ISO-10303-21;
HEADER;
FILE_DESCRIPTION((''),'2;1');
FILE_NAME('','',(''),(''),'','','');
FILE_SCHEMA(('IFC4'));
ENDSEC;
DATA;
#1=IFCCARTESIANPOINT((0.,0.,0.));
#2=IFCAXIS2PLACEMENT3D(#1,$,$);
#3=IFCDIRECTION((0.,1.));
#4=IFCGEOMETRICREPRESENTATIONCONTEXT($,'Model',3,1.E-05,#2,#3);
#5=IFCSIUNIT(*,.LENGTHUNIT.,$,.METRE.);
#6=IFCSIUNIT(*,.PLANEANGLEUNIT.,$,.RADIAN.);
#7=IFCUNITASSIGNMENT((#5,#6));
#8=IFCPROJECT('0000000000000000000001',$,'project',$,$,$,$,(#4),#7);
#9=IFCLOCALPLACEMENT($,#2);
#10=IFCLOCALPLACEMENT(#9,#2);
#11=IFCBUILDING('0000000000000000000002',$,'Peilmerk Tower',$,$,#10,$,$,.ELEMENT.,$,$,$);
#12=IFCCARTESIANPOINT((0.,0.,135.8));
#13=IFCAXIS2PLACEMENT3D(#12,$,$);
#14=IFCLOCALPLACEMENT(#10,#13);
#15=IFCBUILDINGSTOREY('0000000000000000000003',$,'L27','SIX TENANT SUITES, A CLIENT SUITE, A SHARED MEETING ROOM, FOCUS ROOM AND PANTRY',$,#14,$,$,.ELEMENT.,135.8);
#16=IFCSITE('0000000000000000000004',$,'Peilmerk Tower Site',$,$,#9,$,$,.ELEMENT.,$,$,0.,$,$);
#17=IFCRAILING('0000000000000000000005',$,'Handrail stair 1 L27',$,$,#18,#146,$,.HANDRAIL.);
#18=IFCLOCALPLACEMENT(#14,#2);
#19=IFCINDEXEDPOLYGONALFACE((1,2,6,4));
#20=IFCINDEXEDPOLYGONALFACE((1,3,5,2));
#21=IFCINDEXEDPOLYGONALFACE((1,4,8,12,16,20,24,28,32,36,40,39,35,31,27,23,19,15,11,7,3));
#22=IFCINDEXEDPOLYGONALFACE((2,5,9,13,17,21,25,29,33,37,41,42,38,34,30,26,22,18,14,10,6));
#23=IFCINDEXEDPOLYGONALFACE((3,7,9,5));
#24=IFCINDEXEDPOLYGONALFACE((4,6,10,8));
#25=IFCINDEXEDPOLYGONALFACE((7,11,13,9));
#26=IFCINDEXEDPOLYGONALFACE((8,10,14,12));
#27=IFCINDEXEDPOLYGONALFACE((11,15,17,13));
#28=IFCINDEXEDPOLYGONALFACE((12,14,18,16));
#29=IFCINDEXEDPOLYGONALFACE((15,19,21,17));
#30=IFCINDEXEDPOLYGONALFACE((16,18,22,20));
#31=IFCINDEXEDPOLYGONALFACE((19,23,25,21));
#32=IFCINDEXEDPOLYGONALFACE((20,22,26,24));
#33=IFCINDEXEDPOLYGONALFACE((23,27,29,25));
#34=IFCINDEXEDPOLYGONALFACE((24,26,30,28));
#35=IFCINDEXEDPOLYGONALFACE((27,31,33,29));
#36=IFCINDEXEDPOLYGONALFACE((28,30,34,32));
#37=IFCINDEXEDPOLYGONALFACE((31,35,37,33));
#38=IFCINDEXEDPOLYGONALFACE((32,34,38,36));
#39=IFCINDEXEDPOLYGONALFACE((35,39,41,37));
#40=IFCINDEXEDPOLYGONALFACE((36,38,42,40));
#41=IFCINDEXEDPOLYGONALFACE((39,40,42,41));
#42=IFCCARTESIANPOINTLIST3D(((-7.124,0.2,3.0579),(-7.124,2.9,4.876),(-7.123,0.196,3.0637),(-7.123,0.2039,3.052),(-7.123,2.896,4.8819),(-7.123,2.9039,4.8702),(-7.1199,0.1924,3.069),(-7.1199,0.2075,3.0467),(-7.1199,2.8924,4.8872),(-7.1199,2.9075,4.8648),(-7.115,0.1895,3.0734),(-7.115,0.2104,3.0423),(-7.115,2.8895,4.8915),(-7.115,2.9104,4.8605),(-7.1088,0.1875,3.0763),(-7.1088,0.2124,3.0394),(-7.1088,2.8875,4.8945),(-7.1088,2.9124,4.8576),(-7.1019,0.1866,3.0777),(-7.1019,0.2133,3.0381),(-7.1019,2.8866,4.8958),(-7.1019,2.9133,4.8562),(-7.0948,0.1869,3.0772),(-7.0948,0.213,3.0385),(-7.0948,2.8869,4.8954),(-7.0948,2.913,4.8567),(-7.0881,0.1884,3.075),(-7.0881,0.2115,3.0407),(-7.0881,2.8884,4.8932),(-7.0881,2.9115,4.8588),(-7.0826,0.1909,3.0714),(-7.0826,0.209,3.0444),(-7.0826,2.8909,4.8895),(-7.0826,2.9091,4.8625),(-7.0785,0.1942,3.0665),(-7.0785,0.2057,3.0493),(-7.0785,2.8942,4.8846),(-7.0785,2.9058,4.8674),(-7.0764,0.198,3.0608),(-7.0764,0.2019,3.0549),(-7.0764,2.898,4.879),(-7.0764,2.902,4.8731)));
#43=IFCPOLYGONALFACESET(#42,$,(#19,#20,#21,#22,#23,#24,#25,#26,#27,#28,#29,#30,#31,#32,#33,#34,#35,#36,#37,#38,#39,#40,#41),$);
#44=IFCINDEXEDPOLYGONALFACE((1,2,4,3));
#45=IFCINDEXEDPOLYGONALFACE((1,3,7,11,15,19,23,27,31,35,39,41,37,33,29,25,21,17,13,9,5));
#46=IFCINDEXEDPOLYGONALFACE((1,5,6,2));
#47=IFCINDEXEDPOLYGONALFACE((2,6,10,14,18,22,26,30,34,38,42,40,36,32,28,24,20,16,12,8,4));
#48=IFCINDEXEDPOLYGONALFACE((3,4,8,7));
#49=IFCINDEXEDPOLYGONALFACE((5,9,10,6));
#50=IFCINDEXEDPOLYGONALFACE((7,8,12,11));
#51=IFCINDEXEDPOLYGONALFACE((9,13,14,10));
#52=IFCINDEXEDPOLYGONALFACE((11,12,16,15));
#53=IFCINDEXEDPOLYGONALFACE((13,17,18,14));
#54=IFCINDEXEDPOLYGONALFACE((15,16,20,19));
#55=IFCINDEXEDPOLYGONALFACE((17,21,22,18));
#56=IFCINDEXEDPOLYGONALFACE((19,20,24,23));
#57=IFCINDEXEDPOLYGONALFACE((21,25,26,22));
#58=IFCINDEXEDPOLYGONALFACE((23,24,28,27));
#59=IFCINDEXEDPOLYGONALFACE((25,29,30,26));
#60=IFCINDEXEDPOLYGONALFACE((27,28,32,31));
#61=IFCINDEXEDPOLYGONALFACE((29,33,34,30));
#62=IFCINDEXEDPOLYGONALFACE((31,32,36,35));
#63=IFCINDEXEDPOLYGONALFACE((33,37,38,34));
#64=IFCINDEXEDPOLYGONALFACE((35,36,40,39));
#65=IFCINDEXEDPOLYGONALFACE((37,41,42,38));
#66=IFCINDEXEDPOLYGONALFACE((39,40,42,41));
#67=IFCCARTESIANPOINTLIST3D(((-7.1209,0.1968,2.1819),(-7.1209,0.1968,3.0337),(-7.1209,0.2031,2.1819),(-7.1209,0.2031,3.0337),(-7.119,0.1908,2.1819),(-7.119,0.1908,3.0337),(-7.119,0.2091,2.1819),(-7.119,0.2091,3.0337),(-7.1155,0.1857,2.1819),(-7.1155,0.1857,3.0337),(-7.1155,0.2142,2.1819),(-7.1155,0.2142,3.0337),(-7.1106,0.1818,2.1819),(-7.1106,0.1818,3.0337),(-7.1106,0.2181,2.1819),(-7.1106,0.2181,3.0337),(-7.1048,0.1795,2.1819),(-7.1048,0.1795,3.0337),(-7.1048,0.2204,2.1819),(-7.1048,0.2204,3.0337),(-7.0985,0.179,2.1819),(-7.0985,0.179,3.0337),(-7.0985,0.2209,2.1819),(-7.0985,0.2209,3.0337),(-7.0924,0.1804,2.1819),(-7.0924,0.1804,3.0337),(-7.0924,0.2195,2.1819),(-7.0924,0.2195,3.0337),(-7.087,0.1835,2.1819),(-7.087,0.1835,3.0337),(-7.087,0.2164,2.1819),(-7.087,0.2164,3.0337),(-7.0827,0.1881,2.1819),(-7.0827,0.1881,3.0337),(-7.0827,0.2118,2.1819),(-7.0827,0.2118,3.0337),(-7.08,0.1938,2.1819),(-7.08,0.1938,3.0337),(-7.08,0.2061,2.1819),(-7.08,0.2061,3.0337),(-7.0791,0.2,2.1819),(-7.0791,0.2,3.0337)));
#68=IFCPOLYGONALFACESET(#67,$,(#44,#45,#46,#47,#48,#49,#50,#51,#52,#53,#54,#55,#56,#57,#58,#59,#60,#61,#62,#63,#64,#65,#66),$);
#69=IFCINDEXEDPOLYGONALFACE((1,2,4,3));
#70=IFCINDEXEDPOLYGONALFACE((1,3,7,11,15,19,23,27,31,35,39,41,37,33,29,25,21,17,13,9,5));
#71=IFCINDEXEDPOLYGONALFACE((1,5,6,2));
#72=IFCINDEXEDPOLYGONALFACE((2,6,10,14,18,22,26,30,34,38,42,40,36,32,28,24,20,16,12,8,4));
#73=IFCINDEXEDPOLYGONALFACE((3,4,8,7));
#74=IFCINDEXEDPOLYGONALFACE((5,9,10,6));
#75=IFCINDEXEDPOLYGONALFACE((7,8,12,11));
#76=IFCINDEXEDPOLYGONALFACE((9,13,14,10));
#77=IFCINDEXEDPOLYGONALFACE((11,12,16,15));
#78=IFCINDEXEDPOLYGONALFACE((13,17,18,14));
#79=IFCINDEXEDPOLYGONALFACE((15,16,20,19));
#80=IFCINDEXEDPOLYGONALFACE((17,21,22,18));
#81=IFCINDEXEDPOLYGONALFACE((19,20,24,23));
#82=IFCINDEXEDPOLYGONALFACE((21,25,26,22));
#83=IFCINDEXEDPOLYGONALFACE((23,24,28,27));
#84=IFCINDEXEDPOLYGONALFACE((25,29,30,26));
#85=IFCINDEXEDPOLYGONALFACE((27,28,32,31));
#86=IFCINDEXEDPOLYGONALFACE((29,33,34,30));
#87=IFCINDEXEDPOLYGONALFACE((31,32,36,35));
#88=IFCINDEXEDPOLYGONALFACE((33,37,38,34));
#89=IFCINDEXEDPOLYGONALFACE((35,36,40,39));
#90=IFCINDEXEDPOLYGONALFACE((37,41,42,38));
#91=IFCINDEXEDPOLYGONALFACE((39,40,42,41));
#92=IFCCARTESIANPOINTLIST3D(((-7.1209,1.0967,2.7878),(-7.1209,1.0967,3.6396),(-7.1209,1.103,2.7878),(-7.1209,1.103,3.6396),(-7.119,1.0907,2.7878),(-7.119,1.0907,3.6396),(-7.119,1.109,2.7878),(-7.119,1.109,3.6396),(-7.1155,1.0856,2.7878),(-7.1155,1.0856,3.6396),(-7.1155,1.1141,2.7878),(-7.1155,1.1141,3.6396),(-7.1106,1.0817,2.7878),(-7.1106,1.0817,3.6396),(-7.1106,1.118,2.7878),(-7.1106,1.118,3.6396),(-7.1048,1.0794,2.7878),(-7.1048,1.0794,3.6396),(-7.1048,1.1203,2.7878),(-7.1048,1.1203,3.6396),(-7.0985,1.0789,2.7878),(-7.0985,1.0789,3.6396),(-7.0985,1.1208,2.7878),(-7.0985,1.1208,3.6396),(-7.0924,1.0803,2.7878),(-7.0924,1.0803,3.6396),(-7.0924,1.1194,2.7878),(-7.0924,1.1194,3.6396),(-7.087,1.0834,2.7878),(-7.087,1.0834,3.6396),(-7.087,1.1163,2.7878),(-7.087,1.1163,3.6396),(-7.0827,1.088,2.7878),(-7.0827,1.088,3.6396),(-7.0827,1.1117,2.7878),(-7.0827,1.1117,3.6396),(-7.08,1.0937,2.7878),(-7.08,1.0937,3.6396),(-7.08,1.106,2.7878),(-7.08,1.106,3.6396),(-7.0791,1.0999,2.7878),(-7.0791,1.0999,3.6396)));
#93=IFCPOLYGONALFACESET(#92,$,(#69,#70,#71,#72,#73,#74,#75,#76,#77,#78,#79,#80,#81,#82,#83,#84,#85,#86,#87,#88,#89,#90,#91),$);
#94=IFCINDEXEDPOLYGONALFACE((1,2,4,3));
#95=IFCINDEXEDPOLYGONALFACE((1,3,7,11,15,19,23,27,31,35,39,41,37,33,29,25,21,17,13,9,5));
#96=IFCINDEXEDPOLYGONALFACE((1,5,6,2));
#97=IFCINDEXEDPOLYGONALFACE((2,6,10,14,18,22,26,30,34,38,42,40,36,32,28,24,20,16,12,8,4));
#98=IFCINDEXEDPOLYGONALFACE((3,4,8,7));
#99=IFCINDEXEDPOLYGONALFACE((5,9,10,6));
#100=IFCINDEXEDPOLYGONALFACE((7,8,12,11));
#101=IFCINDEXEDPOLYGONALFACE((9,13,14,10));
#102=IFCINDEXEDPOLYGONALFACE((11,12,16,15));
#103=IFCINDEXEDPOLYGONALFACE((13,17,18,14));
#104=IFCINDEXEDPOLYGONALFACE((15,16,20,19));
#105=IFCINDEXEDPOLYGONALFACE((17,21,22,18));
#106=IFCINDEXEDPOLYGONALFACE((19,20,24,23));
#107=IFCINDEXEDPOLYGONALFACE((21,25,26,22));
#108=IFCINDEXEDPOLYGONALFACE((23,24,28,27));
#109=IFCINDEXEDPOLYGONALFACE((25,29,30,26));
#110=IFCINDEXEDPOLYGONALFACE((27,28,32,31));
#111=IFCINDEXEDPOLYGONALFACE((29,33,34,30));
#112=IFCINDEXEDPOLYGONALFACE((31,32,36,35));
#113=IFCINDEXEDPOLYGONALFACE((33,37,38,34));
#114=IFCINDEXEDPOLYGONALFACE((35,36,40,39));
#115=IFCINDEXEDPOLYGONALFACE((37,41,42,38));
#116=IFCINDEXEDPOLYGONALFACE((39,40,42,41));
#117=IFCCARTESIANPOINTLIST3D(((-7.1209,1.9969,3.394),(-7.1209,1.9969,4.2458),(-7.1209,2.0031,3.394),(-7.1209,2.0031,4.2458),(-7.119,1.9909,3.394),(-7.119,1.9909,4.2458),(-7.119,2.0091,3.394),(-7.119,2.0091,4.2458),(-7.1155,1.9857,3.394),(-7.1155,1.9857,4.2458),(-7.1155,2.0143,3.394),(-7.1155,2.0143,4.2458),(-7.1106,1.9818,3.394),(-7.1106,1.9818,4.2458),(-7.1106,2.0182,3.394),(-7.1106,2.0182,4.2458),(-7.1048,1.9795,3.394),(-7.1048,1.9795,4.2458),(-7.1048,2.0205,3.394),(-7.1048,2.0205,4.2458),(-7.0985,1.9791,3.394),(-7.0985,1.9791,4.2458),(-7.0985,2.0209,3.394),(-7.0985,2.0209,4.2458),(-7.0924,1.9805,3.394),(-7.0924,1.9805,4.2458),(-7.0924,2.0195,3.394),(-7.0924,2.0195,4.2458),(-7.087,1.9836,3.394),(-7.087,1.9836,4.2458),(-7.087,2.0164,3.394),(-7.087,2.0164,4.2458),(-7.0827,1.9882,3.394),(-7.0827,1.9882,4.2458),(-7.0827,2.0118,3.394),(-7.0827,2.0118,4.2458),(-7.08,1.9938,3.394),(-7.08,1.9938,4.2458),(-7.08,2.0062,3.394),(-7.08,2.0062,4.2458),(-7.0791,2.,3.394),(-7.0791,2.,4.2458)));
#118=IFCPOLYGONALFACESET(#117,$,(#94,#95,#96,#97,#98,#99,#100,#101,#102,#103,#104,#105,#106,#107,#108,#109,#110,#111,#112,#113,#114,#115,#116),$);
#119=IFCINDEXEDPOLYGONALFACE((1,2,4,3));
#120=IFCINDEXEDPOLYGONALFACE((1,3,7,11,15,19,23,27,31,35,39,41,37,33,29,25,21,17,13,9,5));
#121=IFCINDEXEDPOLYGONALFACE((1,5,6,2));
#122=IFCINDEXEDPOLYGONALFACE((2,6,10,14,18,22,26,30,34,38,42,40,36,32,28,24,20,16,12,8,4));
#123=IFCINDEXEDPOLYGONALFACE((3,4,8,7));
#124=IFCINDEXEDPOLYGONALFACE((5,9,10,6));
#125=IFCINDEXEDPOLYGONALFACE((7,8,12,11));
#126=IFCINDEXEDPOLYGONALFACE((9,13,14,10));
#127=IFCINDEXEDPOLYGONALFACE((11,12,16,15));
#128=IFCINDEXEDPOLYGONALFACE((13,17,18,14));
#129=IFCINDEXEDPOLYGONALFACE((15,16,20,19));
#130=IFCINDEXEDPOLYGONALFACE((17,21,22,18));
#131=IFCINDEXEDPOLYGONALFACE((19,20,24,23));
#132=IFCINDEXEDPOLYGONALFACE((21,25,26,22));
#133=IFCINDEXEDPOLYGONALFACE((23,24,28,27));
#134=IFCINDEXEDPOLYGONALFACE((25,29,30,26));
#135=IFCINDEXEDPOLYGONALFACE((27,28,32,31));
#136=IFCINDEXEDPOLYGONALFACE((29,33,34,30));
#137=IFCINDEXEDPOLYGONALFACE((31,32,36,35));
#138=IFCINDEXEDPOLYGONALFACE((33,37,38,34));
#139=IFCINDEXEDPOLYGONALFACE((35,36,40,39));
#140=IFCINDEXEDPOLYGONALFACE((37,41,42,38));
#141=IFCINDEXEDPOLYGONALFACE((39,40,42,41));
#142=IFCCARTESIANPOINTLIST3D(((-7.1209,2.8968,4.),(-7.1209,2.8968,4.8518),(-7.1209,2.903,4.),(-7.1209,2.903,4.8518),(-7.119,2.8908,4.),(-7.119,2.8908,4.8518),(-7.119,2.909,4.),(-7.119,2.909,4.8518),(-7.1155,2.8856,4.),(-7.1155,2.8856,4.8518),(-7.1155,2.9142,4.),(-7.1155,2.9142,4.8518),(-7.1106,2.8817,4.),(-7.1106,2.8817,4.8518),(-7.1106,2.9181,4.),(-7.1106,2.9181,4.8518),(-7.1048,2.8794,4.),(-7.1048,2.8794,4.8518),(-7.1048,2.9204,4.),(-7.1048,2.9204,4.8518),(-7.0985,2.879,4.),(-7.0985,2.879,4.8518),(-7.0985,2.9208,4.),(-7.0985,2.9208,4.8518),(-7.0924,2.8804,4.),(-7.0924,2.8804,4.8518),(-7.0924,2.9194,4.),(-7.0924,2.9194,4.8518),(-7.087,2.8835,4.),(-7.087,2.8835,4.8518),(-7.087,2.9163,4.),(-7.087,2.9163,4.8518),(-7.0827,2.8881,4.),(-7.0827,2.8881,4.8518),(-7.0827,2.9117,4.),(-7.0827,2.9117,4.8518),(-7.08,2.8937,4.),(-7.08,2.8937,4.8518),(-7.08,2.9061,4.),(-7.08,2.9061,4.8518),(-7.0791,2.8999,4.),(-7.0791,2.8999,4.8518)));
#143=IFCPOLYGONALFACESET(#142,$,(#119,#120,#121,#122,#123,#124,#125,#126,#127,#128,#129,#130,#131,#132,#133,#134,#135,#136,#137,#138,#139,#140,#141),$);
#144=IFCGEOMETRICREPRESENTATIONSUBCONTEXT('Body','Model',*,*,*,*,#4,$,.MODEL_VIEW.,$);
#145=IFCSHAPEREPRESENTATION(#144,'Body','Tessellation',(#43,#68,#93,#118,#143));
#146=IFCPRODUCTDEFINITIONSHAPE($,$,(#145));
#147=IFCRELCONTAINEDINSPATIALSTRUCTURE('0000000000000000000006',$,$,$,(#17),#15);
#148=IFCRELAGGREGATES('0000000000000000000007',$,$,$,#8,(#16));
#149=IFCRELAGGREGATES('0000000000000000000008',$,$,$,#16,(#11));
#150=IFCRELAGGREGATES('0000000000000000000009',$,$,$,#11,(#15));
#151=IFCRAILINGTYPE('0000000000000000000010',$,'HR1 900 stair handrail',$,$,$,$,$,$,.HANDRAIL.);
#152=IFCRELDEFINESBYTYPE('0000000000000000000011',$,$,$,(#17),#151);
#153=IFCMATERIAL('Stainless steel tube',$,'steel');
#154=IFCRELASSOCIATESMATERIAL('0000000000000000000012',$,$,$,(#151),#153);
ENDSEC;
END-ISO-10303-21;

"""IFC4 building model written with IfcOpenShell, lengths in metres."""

from ifc_helpers import new_model, si_unit, direction, frame, origin, origin_2d, place, context, subcontext, project, spatial, circle, extrude, material, type_object, element, save


model = new_model("IFC4")

# Units and contexts
model_context = context("Model", 3, precision=1e-05, world=origin(), true_north=direction((0.0, 1.0)))
body_context = subcontext(model_context, "Body", "Model", "MODEL_VIEW")
ifc_project = project(units=[si_unit("LENGTHUNIT", "METRE"), si_unit("PLANEANGLEUNIT", "RADIAN")], contexts=[model_context])

# Site, building, storey
site_placement = place(None, origin())
site = spatial("IfcSite", under=ifc_project, at=site_placement, Name="Peilmerk Tower Site", CompositionType="ELEMENT", RefElevation=0.0)
building_placement = place(site_placement, origin())
building = spatial("IfcBuilding", under=site, at=building_placement, Name="Peilmerk Tower", CompositionType="ELEMENT")
storey_placement = place(building_placement, frame((0.0, 0.0, 135.8)))
storey = spatial("IfcBuildingStorey", under=building, at=storey_placement, Name="L27", Description="SIX TENANT SUITES, A CLIENT SUITE, A SHARED MEETING ROOM, FOCUS ROOM AND PANTRY", CompositionType="ELEMENT", Elevation=135.8)

# Railing
ifc_material_1 = material(Name="Stainless steel tube", Category="steel")
railing_type_1 = type_object("IfcRailingType", Name="HR1 900 stair handrail", PredefinedType="HANDRAIL", material=ifc_material_1)
railing_1_placement = place(storey_placement, frame((-7.1001, 0.2, 2.1819)))
element("IfcRailing", 1, at=railing_1_placement, inside=storey, type_object=railing_type_1, Name="Handrail stair 1 L27", PredefinedType="HANDRAIL", context=body_context, shape_type="SweptSolid", body=[
    extrude(circle(Radius=0.0239, at=origin_2d()), frame((0.0, 0.0, 0.876), z_axis=(0.0, 0.829468, 0.558554), x_axis=(-1.0, 0.0, 0.0)), (0.0, 0.0, 1.0), 3.2551),
    extrude(circle(Radius=0.021, at=origin_2d()), origin(), (0.0, 0.0, 1.0), 0.8518),
    extrude(circle(Radius=0.021, at=origin_2d()), frame((0.0, 0.8999, 0.606)), (0.0, 0.0, 1.0), 0.8518),
    extrude(circle(Radius=0.021, at=origin_2d()), frame((0.0, 1.8, 1.2122)), (0.0, 0.0, 1.0), 0.8518),
    extrude(circle(Radius=0.021, at=origin_2d()), frame((0.0, 2.7, 1.8181)), (0.0, 0.0, 1.0), 0.8518),
])

save(model, "model.ifc")
